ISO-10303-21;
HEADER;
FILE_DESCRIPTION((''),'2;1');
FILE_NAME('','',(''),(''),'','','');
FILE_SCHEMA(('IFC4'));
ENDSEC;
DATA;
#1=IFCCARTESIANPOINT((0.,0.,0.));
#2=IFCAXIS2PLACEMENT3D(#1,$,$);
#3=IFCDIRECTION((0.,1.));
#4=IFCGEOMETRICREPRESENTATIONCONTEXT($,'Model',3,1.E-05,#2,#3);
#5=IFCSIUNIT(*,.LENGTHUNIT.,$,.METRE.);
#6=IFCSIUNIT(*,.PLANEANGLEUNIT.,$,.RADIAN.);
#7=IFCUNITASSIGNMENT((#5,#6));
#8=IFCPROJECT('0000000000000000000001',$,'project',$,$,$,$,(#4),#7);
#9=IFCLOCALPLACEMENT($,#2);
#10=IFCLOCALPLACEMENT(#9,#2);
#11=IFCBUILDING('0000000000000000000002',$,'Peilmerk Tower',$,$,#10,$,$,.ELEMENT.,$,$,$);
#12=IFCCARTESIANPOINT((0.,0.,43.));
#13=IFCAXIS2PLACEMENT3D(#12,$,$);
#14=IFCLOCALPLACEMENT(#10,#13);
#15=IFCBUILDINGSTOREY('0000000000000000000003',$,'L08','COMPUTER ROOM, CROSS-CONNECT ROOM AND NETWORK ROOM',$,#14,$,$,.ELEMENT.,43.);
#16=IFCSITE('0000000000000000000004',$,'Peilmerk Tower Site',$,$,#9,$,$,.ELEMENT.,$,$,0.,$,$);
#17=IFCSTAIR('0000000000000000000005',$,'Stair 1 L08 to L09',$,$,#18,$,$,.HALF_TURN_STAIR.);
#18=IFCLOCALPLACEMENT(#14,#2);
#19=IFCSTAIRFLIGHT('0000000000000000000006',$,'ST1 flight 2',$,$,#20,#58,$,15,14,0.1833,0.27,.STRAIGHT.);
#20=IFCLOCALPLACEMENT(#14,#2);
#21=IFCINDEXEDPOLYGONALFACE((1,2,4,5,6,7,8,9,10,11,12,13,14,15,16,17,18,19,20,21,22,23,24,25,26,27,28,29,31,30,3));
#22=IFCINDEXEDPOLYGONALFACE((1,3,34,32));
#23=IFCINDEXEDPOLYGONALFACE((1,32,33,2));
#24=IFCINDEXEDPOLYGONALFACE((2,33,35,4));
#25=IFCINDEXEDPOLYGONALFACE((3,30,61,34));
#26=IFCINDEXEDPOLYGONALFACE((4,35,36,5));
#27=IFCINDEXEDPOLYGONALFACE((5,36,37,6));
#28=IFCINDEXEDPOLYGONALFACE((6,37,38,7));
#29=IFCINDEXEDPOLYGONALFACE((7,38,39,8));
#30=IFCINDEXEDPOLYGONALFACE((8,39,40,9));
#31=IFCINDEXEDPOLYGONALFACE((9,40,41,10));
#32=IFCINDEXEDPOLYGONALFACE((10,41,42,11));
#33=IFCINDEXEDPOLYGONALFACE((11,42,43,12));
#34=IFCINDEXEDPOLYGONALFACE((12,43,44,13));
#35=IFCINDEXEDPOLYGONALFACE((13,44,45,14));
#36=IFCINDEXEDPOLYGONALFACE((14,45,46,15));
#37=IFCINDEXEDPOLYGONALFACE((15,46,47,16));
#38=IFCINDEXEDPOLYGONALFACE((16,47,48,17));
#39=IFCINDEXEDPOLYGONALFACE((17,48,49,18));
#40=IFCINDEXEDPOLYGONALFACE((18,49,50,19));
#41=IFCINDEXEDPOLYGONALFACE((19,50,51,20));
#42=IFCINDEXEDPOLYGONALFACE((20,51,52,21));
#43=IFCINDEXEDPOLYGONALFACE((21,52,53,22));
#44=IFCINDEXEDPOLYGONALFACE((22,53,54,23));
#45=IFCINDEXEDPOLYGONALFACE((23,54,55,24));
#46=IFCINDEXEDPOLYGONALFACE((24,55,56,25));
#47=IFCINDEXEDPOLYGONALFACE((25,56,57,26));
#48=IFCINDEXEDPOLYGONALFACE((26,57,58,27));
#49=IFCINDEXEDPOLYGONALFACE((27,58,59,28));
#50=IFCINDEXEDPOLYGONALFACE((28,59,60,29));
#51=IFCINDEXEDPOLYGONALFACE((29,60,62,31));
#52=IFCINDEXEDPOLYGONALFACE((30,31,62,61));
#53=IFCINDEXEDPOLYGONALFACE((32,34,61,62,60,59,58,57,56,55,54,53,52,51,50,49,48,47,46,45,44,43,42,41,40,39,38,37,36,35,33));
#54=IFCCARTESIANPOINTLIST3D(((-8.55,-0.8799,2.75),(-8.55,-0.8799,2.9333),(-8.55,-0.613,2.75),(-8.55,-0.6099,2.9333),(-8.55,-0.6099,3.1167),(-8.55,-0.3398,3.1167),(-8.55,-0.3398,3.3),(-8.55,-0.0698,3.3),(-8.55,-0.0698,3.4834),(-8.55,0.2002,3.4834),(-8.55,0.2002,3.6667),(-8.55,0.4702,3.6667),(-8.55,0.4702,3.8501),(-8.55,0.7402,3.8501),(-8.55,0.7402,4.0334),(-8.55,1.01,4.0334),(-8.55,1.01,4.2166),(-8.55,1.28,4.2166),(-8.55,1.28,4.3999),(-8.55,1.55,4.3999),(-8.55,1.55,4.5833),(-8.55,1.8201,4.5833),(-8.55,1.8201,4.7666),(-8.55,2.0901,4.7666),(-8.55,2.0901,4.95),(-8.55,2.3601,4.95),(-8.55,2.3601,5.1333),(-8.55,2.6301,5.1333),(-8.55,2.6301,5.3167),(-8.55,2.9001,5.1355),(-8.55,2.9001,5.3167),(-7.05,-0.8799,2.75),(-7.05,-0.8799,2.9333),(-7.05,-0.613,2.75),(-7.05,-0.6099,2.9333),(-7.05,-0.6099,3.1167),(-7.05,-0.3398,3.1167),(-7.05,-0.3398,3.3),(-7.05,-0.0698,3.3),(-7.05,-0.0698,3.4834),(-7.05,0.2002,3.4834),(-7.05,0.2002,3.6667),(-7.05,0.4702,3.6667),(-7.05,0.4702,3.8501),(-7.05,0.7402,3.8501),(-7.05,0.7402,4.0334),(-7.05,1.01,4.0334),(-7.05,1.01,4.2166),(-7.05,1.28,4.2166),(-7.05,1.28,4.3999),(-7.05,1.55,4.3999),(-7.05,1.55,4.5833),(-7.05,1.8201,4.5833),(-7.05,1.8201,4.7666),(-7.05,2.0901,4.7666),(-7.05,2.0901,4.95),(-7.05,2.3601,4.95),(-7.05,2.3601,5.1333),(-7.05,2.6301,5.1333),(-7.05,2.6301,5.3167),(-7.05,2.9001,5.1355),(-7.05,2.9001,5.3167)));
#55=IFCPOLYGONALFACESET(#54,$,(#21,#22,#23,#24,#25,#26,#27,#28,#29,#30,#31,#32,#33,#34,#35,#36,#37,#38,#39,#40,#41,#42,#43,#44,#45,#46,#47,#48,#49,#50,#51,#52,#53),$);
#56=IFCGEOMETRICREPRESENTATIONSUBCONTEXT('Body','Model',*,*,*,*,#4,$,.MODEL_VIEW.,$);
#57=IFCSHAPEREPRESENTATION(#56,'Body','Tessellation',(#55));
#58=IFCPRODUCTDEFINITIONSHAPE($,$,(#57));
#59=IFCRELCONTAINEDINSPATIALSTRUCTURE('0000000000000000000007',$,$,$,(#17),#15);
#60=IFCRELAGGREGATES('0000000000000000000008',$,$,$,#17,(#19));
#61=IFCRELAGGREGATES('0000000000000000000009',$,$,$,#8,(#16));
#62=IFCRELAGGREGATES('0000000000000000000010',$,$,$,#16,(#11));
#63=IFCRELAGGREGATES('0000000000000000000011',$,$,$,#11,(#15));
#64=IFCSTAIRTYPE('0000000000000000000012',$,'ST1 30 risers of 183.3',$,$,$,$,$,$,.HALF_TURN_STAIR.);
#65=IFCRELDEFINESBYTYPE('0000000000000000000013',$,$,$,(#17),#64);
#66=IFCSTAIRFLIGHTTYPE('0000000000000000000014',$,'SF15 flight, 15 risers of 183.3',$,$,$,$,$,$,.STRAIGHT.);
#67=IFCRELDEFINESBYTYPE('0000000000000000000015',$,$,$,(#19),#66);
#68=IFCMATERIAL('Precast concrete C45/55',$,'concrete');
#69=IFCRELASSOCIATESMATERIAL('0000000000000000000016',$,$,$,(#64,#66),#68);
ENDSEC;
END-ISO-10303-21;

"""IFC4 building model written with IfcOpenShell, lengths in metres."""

from ifc_helpers import new_model, si_unit, direction, frame, origin, place, context, subcontext, project, spatial, polyline, outline, extrude, material, type_object, element, aggregate, save


model = new_model("IFC4")

# Units and contexts
model_context = context("Model", 3, precision=1e-05, world=origin(), true_north=direction((0.0, 1.0)))
body_context = subcontext(model_context, "Body", "Model", "MODEL_VIEW")
ifc_project = project(units=[si_unit("LENGTHUNIT", "METRE"), si_unit("PLANEANGLEUNIT", "RADIAN")], contexts=[model_context])

# Site, building, storey
site_placement = place(None, origin())
site = spatial("IfcSite", under=ifc_project, at=site_placement, Name="Peilmerk Tower Site", CompositionType="ELEMENT", RefElevation=0.0)
building_placement = place(site_placement, origin())
building = spatial("IfcBuilding", under=site, at=building_placement, Name="Peilmerk Tower", CompositionType="ELEMENT")
storey_placement = place(building_placement, frame((0.0, 0.0, 43.0)))
storey = spatial("IfcBuildingStorey", under=building, at=storey_placement, Name="L08", Description="COMPUTER ROOM, CROSS-CONNECT ROOM AND NETWORK ROOM", CompositionType="ELEMENT", Elevation=43.0)

# Stair, stair flight
ifc_material_1 = material(Name="Precast concrete C45/55", Category="concrete")
stair_type = type_object("IfcStairType", Name="ST1 30 risers of 183.3", PredefinedType="HALF_TURN_STAIR", material=ifc_material_1)
stair_placement = place(storey_placement, origin())
stair = element("IfcStair", 1, at=stair_placement, inside=storey, type_object=stair_type, Name="Stair 1 L08 to L09", PredefinedType="HALF_TURN_STAIR")
stair_flight_type = type_object("IfcStairFlightType", Name="SF15 flight, 15 risers of 183.3", PredefinedType="STRAIGHT", material=ifc_material_1)
stair_flight_placement = place(storey_placement, frame((-7.8, -0.8799, 2.75), z_axis=(0.0, 0.0, 1.0), x_axis=(0.0, 1.0, 0.0)))
stair_flight = element("IfcStairFlight", 2, at=stair_flight_placement, type_object=stair_flight_type, Name="ST1 flight 2", NumberOfRisers=15, NumberOfTreads=14, PredefinedType="STRAIGHT", RiserHeight=0.1833, TreadLength=0.27, context=body_context, shape_type="SweptSolid", body=[
    extrude(outline(polyline([(0.0, 0.0), (0.0, 0.1833), (0.27, 0.1833), (0.27, 0.3667), (0.54, 0.3667), (0.54, 0.55), (0.8101, 0.55), (0.8101, 0.7334), (1.0801, 0.7334), (1.0801, 0.9167), (1.3501, 0.9167), (1.3501, 1.1001), (1.6201, 1.1001), (1.6201, 1.2834), (1.8899, 1.2834), (1.8899, 1.4666), (2.1599, 1.4666), (2.1599, 1.6499), (2.4299, 1.6499), (2.4299, 1.8333), (2.7, 1.8333), (2.7, 2.0166), (2.97, 2.0166), (2.97, 2.2), (3.24, 2.2), (3.24, 2.3833), (3.51, 2.3833), (3.51, 2.5667), (3.78, 2.5667), (3.78, 2.75), (3.78, 2.3855), (0.2668, 0.0), (0.0, 0.0)])), frame((0.0, 0.75, 0.0), z_axis=(0.0, -1.0, 0.0), x_axis=(1.0, 0.0, 0.0)), (0.0, 0.0, 1.0), 1.5),
])
aggregate(stair, [stair_flight])

save(model, "model.ifc")
